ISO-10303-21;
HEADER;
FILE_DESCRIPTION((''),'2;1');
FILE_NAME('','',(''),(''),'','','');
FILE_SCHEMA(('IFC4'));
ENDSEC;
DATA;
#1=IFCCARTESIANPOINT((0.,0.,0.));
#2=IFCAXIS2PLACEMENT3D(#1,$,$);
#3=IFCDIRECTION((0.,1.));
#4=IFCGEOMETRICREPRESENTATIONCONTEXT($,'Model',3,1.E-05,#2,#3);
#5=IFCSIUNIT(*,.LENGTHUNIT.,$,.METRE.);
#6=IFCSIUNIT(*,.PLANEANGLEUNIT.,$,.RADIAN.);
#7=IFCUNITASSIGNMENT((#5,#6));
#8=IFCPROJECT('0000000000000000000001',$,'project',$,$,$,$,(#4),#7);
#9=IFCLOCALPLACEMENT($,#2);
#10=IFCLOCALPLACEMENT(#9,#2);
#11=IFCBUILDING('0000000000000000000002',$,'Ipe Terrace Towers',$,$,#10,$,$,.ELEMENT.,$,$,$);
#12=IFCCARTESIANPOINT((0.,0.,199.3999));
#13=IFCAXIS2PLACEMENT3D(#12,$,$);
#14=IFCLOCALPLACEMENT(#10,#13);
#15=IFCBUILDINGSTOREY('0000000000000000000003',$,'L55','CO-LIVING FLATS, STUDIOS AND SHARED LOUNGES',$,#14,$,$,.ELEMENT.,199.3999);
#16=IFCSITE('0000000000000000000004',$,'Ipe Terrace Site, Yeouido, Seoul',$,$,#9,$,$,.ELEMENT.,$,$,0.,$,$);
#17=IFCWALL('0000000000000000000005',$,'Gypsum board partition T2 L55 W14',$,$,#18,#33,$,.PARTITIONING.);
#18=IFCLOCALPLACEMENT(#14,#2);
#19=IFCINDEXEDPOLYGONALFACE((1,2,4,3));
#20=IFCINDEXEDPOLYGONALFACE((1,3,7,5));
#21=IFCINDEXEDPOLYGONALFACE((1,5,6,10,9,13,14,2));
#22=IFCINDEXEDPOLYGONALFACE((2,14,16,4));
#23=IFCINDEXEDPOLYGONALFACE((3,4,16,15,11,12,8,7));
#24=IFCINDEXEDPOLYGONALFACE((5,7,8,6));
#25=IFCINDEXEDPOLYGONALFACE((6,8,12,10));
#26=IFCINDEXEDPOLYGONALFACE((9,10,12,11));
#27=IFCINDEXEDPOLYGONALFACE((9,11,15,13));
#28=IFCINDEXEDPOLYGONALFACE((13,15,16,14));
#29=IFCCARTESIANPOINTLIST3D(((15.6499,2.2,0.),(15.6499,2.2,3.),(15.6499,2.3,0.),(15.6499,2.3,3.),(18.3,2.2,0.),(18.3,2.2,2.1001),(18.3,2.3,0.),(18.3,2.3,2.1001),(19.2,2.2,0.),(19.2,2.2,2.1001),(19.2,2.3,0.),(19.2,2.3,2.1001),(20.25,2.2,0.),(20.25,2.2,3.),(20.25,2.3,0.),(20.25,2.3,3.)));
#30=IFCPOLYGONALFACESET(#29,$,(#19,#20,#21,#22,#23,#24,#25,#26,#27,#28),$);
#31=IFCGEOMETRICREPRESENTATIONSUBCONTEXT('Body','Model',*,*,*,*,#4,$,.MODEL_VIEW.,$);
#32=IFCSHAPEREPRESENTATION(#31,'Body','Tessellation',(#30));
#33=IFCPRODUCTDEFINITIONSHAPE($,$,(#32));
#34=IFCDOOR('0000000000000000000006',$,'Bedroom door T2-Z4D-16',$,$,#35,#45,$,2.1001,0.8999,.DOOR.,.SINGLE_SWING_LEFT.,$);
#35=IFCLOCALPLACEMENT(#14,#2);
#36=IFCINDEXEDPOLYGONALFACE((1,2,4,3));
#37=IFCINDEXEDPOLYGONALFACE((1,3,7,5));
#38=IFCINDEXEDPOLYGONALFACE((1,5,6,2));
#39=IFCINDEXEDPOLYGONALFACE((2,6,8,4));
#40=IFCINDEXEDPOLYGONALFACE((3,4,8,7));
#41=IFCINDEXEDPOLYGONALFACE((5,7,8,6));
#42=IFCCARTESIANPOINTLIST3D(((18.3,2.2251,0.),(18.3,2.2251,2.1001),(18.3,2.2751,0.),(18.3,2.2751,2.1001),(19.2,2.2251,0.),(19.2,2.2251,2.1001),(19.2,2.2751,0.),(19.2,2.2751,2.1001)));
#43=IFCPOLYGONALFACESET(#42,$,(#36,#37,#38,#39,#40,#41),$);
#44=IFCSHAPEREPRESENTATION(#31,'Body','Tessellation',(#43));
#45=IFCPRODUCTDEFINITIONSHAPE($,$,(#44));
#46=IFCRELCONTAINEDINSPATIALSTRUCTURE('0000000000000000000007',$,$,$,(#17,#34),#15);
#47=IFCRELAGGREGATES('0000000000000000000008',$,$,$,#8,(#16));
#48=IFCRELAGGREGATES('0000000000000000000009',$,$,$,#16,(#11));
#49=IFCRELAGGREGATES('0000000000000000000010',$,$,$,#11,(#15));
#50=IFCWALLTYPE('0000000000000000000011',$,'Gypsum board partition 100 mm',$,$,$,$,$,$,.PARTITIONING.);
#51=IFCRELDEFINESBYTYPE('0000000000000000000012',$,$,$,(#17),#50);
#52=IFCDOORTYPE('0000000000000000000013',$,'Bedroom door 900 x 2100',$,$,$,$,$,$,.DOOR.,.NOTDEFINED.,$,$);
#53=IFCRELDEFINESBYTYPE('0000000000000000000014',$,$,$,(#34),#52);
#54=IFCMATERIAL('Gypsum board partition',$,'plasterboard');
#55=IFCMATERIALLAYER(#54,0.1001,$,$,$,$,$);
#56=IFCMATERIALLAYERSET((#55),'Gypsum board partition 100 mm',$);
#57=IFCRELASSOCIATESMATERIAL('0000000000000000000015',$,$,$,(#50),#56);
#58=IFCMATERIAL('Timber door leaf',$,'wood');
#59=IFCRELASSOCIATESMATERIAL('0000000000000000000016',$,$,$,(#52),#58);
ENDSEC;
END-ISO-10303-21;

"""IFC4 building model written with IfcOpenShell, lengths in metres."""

from ifc_helpers import new_model, si_unit, direction, frame, frame_2d, origin, place, context, subcontext, project, spatial, rectangle, extrude, material, layer, layer_set, type_object, element, fill, save


model = new_model("IFC4")

# Units and contexts
model_context = context("Model", 3, precision=1e-05, world=origin(), true_north=direction((0.0, 1.0)))
body_context = subcontext(model_context, "Body", "Model", "MODEL_VIEW")
ifc_project = project(units=[si_unit("LENGTHUNIT", "METRE"), si_unit("PLANEANGLEUNIT", "RADIAN")], contexts=[model_context])

# Site, building, storey
site_placement = place(None, origin())
site = spatial("IfcSite", under=ifc_project, at=site_placement, Name="Ipe Terrace Site, Yeouido, Seoul", CompositionType="ELEMENT", RefElevation=0.0)
building_placement = place(site_placement, origin())
building = spatial("IfcBuilding", under=site, at=building_placement, Name="Ipe Terrace Towers", CompositionType="ELEMENT")
storey_placement = place(building_placement, frame((0.0, 0.0, 199.3999)))
storey = spatial("IfcBuildingStorey", under=building, at=storey_placement, Name="L55", Description="CO-LIVING FLATS, STUDIOS AND SHARED LOUNGES", CompositionType="ELEMENT", Elevation=199.3999)

# Wall, opening, door
ifc_material_1 = material(Name="Gypsum board partition", Category="plasterboard")
ifc_layer_1 = layer(ifc_material_1, 0.1001)
ifc_layer_set_1 = layer_set([ifc_layer_1], Name="Gypsum board partition 100 mm")
wall_type_1 = type_object("IfcWallType", Name="Gypsum board partition 100 mm", PredefinedType="PARTITIONING", material=ifc_layer_set_1)
wall_1_placement = place(storey_placement, frame((20.25, 2.25, 0.0), z_axis=(0.0, 0.0, 1.0), x_axis=(-1.0, 0.0, 0.0)))
wall_1 = element("IfcWall", 1, at=wall_1_placement, inside=storey, type_object=wall_type_1, Name="Gypsum board partition T2 L55 W14", PredefinedType="PARTITIONING", context=body_context, shape_type="SweptSolid", body=[
    extrude(rectangle(XDim=4.6001, YDim=0.1001, at=frame_2d((2.3, 0.0))), origin(), (0.0, 0.0, 1.0), 3.0),
])
opening_1_placement = place(wall_1_placement, frame((1.05, 0.0, 0.0)))
opening_1 = element("IfcOpeningElement", 2, at=opening_1_placement, cuts=wall_1, PredefinedType="OPENING", context=body_context, shape_type="SweptSolid", body=[
    extrude(rectangle(XDim=0.8999, YDim=2.1001, at=frame_2d((0.45, 1.05))), frame((0.0, 0.0601, 0.0), z_axis=(0.0, -1.0, 0.0), x_axis=(1.0, 0.0, 0.0)), (0.0, 0.0, 1.0), 0.1201),
])
ifc_material_2 = material(Name="Timber door leaf", Category="wood")
door_type = type_object("IfcDoorType", Name="Bedroom door 900 x 2100", OperationType="NOTDEFINED", PredefinedType="DOOR", material=ifc_material_2)
door_placement = place(opening_1_placement, origin())
door = element("IfcDoor", 3, at=door_placement, inside=storey, type_object=door_type, Name="Bedroom door T2-Z4D-16", OperationType="SINGLE_SWING_LEFT", OverallHeight=2.1001, OverallWidth=0.8999, PredefinedType="DOOR", context=body_context, shape_type="SweptSolid", body=[
    extrude(rectangle(XDim=0.8999, YDim=2.1001, at=frame_2d((0.45, 1.05))), frame((0.0, 0.0249, 0.0), z_axis=(0.0, -1.0, 0.0), x_axis=(1.0, 0.0, 0.0)), (0.0, 0.0, 1.0), 0.05),
])
fill(opening_1, door)

save(model, "model.ifc")
